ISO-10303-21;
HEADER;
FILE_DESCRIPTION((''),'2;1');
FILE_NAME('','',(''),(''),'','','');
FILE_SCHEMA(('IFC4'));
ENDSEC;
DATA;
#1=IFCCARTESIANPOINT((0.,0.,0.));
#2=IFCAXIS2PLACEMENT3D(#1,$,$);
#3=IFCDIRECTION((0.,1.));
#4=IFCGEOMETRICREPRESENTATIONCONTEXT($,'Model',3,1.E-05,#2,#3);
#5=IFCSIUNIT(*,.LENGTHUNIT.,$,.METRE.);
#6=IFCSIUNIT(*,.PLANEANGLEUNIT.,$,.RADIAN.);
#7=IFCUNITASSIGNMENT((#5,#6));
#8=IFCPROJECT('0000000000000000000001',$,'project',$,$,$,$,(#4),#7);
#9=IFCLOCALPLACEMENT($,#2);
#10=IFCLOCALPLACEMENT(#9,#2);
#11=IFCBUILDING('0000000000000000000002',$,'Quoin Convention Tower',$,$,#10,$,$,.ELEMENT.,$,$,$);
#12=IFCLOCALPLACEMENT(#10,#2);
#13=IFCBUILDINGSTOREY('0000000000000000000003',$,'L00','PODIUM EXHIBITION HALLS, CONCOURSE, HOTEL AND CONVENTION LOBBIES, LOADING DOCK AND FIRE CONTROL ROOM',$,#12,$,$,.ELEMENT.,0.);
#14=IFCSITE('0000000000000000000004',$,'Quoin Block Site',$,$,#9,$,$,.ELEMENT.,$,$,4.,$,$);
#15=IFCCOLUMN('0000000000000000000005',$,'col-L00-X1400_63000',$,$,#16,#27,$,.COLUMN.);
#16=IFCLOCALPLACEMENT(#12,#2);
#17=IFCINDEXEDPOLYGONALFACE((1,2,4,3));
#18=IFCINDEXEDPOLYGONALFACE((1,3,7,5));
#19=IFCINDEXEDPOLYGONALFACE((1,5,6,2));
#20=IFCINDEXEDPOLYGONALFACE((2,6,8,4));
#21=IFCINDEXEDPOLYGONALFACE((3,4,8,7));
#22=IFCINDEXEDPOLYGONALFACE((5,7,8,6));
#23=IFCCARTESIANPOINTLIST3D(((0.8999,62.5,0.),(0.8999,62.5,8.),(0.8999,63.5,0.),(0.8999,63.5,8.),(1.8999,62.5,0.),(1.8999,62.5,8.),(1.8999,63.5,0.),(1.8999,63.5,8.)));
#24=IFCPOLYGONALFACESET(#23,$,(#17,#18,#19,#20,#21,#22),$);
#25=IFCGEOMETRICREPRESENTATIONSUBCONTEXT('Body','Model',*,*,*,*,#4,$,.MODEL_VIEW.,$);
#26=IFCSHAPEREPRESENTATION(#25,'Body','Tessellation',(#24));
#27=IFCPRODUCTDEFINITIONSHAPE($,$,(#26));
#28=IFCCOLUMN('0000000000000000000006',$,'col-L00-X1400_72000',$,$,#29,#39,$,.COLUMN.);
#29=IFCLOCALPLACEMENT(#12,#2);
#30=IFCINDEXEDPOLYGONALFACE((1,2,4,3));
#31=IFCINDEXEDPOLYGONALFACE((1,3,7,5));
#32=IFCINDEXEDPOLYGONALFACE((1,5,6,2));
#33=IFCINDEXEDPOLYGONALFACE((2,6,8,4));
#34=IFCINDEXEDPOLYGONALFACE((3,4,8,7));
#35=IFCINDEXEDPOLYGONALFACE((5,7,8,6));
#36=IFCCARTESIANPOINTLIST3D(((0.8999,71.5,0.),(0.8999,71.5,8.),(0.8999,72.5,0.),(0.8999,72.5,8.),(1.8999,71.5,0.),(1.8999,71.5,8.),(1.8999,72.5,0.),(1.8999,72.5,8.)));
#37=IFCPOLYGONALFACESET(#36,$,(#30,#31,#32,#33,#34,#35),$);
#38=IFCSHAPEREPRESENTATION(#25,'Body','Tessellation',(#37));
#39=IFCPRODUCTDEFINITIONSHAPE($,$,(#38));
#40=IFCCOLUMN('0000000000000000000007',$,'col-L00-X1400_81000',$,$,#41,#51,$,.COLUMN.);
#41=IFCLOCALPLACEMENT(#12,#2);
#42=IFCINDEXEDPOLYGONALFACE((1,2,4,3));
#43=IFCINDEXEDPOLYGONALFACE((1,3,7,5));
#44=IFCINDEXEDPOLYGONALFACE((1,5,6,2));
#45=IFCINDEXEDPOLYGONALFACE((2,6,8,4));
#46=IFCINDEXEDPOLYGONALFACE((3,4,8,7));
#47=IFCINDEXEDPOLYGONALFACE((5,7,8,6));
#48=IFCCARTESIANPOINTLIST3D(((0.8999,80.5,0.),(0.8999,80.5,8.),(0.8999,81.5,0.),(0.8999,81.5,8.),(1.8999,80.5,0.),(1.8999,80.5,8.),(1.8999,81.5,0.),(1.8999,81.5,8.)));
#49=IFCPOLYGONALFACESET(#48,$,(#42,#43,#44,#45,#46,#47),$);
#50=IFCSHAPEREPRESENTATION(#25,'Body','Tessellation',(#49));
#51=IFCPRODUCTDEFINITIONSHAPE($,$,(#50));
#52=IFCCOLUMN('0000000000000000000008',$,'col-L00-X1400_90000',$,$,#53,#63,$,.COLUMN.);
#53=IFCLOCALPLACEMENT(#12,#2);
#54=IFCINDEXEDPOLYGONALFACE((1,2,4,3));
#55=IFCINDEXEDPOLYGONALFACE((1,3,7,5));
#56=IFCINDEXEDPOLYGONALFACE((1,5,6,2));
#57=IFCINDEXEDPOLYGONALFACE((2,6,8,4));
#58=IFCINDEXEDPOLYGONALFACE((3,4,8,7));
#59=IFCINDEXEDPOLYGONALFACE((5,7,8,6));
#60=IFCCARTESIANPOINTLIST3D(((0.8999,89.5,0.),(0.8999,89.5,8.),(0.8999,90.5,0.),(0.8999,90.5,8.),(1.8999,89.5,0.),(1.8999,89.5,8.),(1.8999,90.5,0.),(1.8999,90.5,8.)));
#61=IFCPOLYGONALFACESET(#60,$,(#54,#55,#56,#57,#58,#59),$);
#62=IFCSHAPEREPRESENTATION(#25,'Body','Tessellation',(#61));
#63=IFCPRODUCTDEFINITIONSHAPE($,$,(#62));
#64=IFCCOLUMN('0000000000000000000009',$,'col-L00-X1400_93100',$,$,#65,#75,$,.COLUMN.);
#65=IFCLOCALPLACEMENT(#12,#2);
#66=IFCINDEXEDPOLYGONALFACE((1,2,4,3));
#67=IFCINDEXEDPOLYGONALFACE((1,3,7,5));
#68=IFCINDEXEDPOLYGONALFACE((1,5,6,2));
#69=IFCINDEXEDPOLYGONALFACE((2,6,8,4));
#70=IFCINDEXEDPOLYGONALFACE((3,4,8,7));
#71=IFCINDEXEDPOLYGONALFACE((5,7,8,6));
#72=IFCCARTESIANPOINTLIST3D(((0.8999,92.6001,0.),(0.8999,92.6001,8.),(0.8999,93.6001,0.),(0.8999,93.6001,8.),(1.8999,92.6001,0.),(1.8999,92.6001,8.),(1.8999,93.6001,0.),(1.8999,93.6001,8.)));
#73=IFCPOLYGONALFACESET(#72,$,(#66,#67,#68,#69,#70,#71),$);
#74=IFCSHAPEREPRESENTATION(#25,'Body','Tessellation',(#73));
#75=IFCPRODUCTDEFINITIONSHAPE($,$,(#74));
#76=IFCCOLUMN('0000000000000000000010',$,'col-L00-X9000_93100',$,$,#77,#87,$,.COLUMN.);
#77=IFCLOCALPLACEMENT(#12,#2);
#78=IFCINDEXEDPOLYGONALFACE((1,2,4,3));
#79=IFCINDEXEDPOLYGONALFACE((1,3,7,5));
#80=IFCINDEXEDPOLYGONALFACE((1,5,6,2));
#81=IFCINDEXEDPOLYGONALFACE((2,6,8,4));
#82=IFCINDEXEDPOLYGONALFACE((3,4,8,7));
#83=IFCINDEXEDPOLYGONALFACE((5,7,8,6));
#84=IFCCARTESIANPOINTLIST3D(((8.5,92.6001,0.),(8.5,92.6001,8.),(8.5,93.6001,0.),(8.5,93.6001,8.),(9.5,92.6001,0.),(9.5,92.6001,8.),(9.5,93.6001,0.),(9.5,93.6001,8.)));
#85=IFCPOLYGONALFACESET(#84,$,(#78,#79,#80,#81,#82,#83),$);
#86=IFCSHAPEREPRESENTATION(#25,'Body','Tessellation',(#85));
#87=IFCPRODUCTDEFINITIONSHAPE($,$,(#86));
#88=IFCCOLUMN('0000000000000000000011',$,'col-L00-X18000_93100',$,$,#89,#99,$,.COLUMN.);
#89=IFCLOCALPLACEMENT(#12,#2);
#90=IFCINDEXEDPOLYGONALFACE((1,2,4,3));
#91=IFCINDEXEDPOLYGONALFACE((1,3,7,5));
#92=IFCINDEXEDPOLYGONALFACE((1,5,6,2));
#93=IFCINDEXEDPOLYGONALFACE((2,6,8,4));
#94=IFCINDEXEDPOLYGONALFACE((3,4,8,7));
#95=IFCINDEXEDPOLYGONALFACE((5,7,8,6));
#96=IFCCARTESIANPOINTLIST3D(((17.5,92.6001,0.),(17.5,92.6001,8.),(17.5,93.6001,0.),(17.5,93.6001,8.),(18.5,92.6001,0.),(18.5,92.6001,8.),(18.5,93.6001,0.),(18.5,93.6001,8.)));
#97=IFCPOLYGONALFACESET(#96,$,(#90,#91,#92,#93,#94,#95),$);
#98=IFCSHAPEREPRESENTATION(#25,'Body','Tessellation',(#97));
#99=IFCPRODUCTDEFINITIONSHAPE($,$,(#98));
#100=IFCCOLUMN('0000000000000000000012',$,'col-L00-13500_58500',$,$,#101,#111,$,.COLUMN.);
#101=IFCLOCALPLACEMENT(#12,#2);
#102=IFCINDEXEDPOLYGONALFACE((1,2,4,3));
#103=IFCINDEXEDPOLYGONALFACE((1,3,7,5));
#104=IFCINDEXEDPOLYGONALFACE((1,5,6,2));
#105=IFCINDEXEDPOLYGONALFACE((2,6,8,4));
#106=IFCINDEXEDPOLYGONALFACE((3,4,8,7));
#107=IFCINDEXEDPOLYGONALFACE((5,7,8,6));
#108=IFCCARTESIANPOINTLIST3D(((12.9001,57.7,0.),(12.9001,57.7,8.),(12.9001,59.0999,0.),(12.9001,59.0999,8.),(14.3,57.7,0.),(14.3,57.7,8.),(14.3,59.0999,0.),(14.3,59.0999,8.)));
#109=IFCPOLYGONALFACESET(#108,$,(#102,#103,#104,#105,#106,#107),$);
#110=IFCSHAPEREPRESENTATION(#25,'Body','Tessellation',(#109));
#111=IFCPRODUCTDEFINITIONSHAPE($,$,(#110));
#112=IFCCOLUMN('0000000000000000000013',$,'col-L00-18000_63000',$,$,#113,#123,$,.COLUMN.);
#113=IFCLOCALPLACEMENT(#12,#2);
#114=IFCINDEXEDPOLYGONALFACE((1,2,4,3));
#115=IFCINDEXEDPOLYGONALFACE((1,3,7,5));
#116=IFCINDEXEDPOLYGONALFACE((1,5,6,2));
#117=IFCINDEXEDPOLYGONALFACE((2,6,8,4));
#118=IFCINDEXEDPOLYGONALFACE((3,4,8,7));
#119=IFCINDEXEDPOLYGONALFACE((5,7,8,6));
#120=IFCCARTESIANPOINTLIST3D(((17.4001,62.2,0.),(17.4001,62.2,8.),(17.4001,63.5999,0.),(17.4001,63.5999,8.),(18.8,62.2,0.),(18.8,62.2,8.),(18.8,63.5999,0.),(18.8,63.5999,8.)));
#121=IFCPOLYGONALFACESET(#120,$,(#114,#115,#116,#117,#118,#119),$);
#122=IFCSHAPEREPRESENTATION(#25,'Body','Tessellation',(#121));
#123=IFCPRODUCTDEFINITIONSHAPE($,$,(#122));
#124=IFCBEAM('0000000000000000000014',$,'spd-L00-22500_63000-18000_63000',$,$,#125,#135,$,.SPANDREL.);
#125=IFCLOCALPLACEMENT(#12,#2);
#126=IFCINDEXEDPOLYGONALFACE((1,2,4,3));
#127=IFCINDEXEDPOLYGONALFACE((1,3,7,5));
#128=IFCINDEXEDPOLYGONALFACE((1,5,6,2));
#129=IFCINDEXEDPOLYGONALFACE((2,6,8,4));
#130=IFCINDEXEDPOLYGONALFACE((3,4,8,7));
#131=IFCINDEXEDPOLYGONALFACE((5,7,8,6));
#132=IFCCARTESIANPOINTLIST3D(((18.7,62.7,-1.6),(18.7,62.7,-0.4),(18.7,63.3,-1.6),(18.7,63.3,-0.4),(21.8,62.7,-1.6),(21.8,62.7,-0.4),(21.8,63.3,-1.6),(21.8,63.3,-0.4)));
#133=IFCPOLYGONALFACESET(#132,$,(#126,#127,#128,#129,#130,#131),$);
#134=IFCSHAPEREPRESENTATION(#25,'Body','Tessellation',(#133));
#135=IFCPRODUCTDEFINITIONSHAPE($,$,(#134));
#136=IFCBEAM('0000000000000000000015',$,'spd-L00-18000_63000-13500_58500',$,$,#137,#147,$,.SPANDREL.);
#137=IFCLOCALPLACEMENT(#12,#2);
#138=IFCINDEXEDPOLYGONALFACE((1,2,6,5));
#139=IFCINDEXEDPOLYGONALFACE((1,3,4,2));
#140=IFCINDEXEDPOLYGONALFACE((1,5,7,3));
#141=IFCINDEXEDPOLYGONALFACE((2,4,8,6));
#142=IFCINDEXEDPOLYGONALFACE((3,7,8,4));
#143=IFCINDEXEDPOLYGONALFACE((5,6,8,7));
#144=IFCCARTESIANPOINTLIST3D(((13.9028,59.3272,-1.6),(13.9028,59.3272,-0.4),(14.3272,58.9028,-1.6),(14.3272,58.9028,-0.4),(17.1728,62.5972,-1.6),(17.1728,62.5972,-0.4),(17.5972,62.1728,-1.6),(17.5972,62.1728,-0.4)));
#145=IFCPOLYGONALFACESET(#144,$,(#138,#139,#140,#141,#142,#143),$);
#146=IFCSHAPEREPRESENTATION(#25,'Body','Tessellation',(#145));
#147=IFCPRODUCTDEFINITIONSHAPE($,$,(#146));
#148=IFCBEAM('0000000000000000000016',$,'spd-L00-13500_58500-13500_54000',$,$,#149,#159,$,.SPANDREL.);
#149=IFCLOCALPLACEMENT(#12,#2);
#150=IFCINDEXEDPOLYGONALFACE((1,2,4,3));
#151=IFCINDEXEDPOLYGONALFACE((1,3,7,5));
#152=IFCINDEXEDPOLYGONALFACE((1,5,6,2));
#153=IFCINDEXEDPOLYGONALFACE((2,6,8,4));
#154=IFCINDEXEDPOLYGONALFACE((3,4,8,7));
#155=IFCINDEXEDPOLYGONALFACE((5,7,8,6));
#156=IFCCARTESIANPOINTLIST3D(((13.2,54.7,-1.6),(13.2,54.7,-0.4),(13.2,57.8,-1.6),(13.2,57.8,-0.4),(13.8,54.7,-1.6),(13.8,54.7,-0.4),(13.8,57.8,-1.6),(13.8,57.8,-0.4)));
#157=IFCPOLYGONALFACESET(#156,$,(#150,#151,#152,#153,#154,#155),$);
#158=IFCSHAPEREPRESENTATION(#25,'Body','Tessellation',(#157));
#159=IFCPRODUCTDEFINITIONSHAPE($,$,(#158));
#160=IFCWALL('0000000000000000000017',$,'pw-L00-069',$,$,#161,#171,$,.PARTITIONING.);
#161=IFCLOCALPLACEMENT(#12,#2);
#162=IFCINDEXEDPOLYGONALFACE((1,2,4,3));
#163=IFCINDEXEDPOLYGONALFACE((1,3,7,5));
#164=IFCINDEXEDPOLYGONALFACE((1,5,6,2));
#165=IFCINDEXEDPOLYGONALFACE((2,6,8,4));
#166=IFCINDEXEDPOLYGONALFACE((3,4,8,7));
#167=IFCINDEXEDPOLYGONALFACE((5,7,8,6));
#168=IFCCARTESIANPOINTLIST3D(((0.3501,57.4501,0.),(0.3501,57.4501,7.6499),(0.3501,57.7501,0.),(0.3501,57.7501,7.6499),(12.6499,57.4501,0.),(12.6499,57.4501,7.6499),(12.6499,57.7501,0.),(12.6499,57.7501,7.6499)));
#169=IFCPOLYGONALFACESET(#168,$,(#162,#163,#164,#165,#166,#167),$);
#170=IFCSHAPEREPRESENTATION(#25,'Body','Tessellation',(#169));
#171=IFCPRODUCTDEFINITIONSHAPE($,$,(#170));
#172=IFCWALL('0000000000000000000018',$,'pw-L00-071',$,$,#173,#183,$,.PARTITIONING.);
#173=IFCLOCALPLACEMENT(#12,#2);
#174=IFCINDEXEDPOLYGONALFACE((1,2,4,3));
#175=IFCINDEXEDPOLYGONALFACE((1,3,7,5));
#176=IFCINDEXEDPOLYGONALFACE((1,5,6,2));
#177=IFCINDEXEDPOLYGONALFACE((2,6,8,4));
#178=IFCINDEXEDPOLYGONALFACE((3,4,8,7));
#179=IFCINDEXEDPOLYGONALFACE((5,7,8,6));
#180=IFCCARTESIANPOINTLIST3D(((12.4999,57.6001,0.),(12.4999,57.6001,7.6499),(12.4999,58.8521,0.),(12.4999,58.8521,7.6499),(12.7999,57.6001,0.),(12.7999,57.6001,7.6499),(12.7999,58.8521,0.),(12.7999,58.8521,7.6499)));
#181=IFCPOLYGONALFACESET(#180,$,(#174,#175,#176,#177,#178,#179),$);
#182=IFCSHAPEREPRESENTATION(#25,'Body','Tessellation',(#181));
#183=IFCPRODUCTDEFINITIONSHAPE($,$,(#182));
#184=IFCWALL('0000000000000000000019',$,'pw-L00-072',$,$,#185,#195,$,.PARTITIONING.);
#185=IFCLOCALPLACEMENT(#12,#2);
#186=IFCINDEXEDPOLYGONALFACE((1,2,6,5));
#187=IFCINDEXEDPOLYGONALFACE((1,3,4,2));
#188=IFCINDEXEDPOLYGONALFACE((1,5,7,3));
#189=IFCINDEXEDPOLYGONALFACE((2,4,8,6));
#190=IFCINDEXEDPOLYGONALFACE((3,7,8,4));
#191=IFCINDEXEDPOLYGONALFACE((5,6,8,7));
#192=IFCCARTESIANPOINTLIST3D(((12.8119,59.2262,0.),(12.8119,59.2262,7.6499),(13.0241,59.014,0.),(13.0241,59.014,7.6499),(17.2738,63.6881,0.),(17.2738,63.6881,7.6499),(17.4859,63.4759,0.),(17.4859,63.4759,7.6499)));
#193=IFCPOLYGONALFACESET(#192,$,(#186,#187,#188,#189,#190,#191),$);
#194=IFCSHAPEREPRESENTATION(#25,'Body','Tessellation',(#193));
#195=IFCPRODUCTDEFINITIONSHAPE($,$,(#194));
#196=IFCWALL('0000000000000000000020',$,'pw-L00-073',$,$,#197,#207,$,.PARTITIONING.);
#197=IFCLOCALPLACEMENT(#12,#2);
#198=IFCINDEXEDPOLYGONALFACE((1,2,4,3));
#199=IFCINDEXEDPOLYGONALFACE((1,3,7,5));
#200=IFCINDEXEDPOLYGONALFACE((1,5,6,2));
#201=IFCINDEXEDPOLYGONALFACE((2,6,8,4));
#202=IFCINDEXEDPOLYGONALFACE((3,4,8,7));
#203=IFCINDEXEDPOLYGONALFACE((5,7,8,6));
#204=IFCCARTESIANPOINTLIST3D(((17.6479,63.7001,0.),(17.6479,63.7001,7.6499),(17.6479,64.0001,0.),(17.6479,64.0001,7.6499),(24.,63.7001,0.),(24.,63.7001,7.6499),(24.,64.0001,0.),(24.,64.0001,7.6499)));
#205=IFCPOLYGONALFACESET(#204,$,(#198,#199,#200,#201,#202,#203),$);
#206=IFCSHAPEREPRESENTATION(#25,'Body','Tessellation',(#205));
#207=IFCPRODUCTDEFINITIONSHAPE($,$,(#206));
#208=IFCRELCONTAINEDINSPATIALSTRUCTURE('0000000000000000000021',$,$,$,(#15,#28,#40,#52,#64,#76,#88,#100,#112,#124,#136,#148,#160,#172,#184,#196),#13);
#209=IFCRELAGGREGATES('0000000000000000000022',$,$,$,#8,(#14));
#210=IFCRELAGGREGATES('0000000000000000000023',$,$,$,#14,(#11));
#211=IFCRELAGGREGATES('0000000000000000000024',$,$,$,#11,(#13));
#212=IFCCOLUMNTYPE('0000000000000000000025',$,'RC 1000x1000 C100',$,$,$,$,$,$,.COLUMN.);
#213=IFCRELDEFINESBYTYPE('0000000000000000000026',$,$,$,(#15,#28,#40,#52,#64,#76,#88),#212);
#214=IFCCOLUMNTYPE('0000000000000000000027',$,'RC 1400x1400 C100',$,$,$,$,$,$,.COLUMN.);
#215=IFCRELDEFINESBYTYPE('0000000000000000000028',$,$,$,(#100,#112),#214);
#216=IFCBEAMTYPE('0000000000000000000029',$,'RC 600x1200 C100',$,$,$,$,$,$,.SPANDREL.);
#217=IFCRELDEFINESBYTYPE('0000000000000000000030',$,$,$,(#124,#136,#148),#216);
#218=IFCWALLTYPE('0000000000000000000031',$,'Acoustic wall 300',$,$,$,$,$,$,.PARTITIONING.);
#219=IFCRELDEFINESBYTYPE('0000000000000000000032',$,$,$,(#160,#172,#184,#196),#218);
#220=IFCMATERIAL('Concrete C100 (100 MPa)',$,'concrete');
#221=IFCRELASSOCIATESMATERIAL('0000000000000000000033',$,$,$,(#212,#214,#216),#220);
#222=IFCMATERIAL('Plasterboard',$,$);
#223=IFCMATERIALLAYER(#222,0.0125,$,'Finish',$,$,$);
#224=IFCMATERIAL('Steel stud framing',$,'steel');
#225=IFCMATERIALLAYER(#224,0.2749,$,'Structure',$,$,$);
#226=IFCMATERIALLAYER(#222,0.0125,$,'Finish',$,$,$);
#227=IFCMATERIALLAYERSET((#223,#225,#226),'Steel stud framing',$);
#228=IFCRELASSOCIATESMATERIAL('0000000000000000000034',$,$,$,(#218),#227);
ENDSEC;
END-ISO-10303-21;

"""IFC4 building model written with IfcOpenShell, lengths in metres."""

from ifc_helpers import new_model, si_unit, direction, frame, frame_2d, origin, origin_2d, place, context, subcontext, project, spatial, rectangle, extrude, material, layer, layer_set, material_profile, profile_set, type_object, element, save


model = new_model("IFC4")

# Units and contexts
model_context = context("Model", 3, precision=1e-05, world=origin(), true_north=direction((0.0, 1.0)))
body_context = subcontext(model_context, "Body", "Model", "MODEL_VIEW")
ifc_project = project(units=[si_unit("LENGTHUNIT", "METRE"), si_unit("PLANEANGLEUNIT", "RADIAN")], contexts=[model_context])

# Site, building, storey
site_placement = place(None, origin())
site = spatial("IfcSite", under=ifc_project, at=site_placement, Name="Quoin Block Site", CompositionType="ELEMENT", RefElevation=4.0)
building_placement = place(site_placement, origin())
building = spatial("IfcBuilding", under=site, at=building_placement, Name="Quoin Convention Tower", CompositionType="ELEMENT")
storey_placement = place(building_placement, origin())
storey = spatial("IfcBuildingStorey", under=building, at=storey_placement, Name="L00", Description="PODIUM EXHIBITION HALLS, CONCOURSE, HOTEL AND CONVENTION LOBBIES, LOADING DOCK AND FIRE CONTROL ROOM", CompositionType="ELEMENT", Elevation=0.0)

# Columns
ifc_material_1 = material(Name="Concrete C100 (100 MPa)", Category="concrete")
ifc_material_profile_1 = material_profile(ifc_material_1, rectangle(XDim=1.0, YDim=1.0, at=origin_2d()), Name="RC 1000x1000")
ifc_profile_set_1 = profile_set([ifc_material_profile_1], Name="Concrete C100 (100 MPa)")
column_type_1 = type_object("IfcColumnType", Name="RC 1000x1000 C100", PredefinedType="COLUMN", material=ifc_profile_set_1)
for number, where, z_axis, x_axis, name in (
    (1, (1.3999, 63.0, 0.0), (0.0, 0.0, 1.0), (1.0, 0.0, 0.0), "col-L00-X1400_63000"),
    (2, (1.3999, 72.0, 0.0), (0.0, 0.0, 1.0), (1.0, 0.0, 0.0), "col-L00-X1400_72000"),
    (3, (1.3999, 81.0, 0.0), (0.0, 0.0, 1.0), (1.0, 0.0, 0.0), "col-L00-X1400_81000"),
    (4, (1.3999, 90.0, 0.0), (0.0, 0.0, 1.0), (1.0, 0.0, 0.0), "col-L00-X1400_90000"),
    (5, (1.3999, 93.1001, 0.0), (0.0, 0.0, 1.0), (1.0, 0.0, 0.0), "col-L00-X1400_93100"),
    (6, (9.0, 93.1001, 0.0), (0.0, 0.0, 1.0), (1.0, 0.0, 0.0), "col-L00-X9000_93100"),
    (7, (18.0, 93.1001, 0.0), (0.0, 0.0, 1.0), (1.0, 0.0, 0.0), "col-L00-X18000_93100"),
):
    element("IfcColumn", number, at=place(storey_placement, frame(where, z_axis=z_axis, x_axis=x_axis)), inside=storey, type_object=column_type_1, Name=name, PredefinedType="COLUMN", context=body_context, shape_type="SweptSolid", body=[
        extrude(rectangle(XDim=1.0, YDim=1.0, at=origin_2d()), origin(), (0.0, 0.0, 1.0), 8.0),
    ])
ifc_material_profile_2 = material_profile(ifc_material_1, rectangle(XDim=1.3999, YDim=1.3999, at=origin_2d()), Name="RC 1400x1400")
ifc_profile_set_2 = profile_set([ifc_material_profile_2], Name="Concrete C100 (100 MPa)")
column_type_2 = type_object("IfcColumnType", Name="RC 1400x1400 C100", PredefinedType="COLUMN", material=ifc_profile_set_2)
for number, where, z_axis, x_axis, name in (
    (8, (13.6001, 58.3999, 0.0), (0.0, 0.0, 1.0), (1.0, 0.0, 0.0), "col-L00-13500_58500"),
    (9, (18.1001, 62.8999, 0.0), (0.0, 0.0, 1.0), (1.0, 0.0, 0.0), "col-L00-18000_63000"),
):
    element("IfcColumn", number, at=place(storey_placement, frame(where, z_axis=z_axis, x_axis=x_axis)), inside=storey, type_object=column_type_2, Name=name, PredefinedType="COLUMN", context=body_context, shape_type="SweptSolid", body=[
        extrude(rectangle(XDim=1.3999, YDim=1.3999, at=origin_2d()), origin(), (0.0, 0.0, 1.0), 8.0),
    ])

# Beams
ifc_material_profile_3 = material_profile(ifc_material_1, rectangle(XDim=0.6001, YDim=1.2, at=origin_2d()), Name="RC 600x1200")
ifc_profile_set_3 = profile_set([ifc_material_profile_3], Name="Concrete C100 (100 MPa)")
beam_type = type_object("IfcBeamType", Name="RC 600x1200 C100", PredefinedType="SPANDREL", material=ifc_profile_set_3)
beam_1_placement = place(storey_placement, frame((21.8, 63.0, -1.0), z_axis=(-1.0, 0.0, 0.0), x_axis=(0.0, -1.0, 0.0)))
element("IfcBeam", 10, at=beam_1_placement, inside=storey, type_object=beam_type, Name="spd-L00-22500_63000-18000_63000", PredefinedType="SPANDREL", context=body_context, shape_type="SweptSolid", body=[
    extrude(rectangle(XDim=0.6001, YDim=1.2, at=origin_2d()), origin(), (0.0, 0.0, 1.0), 3.1001),
])
beam_2_placement = place(storey_placement, frame((17.385, 62.385, -1.0), z_axis=(-0.707107, -0.707107, 0.0), x_axis=(0.707107, -0.707107, 0.0)))
element("IfcBeam", 11, at=beam_2_placement, inside=storey, type_object=beam_type, Name="spd-L00-18000_63000-13500_58500", PredefinedType="SPANDREL", context=body_context, shape_type="SweptSolid", body=[
    extrude(rectangle(XDim=0.6001, YDim=1.2, at=origin_2d()), origin(), (0.0, 0.0, 1.0), 4.6245),
])
beam_3_placement = place(storey_placement, frame((13.5, 57.8, -1.0), z_axis=(0.0, -1.0, 0.0), x_axis=(1.0, 0.0, 0.0)))
element("IfcBeam", 12, at=beam_3_placement, inside=storey, type_object=beam_type, Name="spd-L00-13500_58500-13500_54000", PredefinedType="SPANDREL", context=body_context, shape_type="SweptSolid", body=[
    extrude(rectangle(XDim=0.6001, YDim=1.2, at=origin_2d()), origin(), (0.0, 0.0, 1.0), 3.1001),
])

# Walls
ifc_material_2 = material(Name="Plasterboard")
ifc_layer_1 = layer(ifc_material_2, 0.0125, Name="Finish")
ifc_material_3 = material(Name="Steel stud framing", Category="steel")
ifc_layer_2 = layer(ifc_material_3, 0.2749, Name="Structure")
ifc_layer_3 = layer(ifc_material_2, 0.0125, Name="Finish")
ifc_layer_set_1 = layer_set([ifc_layer_1, ifc_layer_2, ifc_layer_3], Name="Steel stud framing")
wall_type_1 = type_object("IfcWallType", Name="Acoustic wall 300", PredefinedType="PARTITIONING", material=ifc_layer_set_1)
wall_1_placement = place(storey_placement, frame((0.3501, 57.6001, 0.0), z_axis=(0.0, 0.0, 1.0), x_axis=(1.0, 0.0, 0.0)))
element("IfcWall", 13, at=wall_1_placement, inside=storey, type_object=wall_type_1, Name="pw-L00-069", PredefinedType="PARTITIONING", context=body_context, shape_type="SweptSolid", body=[
    extrude(rectangle(XDim=12.2998, YDim=0.3, at=frame_2d((6.1499, 0.0))), origin(), (0.0, 0.0, 1.0), 7.6499),
])
wall_2_placement = place(storey_placement, frame((12.6499, 57.6001, 0.0), z_axis=(0.0, 0.0, 1.0), x_axis=(0.0, 1.0, 0.0)))
element("IfcWall", 14, at=wall_2_placement, inside=storey, type_object=wall_type_1, Name="pw-L00-071", PredefinedType="PARTITIONING", context=body_context, shape_type="SweptSolid", body=[
    extrude(rectangle(XDim=1.252, YDim=0.3, at=frame_2d((0.626, 0.0))), origin(), (0.0, 0.0, 1.0), 7.6499),
])
wall_3_placement = place(storey_placement, frame((12.918, 59.1201, 0.0), z_axis=(0.0, 0.0, 1.0), x_axis=(0.707107, 0.707107, 0.0)))
element("IfcWall", 15, at=wall_3_placement, inside=storey, type_object=wall_type_1, Name="pw-L00-072", PredefinedType="PARTITIONING", context=body_context, shape_type="SweptSolid", body=[
    extrude(rectangle(XDim=6.3101, YDim=0.3, at=frame_2d((3.155, 0.0))), origin(), (0.0, 0.0, 1.0), 7.6499),
])
wall_4_placement = place(storey_placement, frame((17.6479, 63.8501, 0.0), z_axis=(0.0, 0.0, 1.0), x_axis=(1.0, 0.0, 0.0)))
element("IfcWall", 16, at=wall_4_placement, inside=storey, type_object=wall_type_1, Name="pw-L00-073", PredefinedType="PARTITIONING", context=body_context, shape_type="SweptSolid", body=[
    extrude(rectangle(XDim=6.3521, YDim=0.3, at=frame_2d((3.176, 0.0))), origin(), (0.0, 0.0, 1.0), 7.6499),
])

save(model, "model.ifc")
